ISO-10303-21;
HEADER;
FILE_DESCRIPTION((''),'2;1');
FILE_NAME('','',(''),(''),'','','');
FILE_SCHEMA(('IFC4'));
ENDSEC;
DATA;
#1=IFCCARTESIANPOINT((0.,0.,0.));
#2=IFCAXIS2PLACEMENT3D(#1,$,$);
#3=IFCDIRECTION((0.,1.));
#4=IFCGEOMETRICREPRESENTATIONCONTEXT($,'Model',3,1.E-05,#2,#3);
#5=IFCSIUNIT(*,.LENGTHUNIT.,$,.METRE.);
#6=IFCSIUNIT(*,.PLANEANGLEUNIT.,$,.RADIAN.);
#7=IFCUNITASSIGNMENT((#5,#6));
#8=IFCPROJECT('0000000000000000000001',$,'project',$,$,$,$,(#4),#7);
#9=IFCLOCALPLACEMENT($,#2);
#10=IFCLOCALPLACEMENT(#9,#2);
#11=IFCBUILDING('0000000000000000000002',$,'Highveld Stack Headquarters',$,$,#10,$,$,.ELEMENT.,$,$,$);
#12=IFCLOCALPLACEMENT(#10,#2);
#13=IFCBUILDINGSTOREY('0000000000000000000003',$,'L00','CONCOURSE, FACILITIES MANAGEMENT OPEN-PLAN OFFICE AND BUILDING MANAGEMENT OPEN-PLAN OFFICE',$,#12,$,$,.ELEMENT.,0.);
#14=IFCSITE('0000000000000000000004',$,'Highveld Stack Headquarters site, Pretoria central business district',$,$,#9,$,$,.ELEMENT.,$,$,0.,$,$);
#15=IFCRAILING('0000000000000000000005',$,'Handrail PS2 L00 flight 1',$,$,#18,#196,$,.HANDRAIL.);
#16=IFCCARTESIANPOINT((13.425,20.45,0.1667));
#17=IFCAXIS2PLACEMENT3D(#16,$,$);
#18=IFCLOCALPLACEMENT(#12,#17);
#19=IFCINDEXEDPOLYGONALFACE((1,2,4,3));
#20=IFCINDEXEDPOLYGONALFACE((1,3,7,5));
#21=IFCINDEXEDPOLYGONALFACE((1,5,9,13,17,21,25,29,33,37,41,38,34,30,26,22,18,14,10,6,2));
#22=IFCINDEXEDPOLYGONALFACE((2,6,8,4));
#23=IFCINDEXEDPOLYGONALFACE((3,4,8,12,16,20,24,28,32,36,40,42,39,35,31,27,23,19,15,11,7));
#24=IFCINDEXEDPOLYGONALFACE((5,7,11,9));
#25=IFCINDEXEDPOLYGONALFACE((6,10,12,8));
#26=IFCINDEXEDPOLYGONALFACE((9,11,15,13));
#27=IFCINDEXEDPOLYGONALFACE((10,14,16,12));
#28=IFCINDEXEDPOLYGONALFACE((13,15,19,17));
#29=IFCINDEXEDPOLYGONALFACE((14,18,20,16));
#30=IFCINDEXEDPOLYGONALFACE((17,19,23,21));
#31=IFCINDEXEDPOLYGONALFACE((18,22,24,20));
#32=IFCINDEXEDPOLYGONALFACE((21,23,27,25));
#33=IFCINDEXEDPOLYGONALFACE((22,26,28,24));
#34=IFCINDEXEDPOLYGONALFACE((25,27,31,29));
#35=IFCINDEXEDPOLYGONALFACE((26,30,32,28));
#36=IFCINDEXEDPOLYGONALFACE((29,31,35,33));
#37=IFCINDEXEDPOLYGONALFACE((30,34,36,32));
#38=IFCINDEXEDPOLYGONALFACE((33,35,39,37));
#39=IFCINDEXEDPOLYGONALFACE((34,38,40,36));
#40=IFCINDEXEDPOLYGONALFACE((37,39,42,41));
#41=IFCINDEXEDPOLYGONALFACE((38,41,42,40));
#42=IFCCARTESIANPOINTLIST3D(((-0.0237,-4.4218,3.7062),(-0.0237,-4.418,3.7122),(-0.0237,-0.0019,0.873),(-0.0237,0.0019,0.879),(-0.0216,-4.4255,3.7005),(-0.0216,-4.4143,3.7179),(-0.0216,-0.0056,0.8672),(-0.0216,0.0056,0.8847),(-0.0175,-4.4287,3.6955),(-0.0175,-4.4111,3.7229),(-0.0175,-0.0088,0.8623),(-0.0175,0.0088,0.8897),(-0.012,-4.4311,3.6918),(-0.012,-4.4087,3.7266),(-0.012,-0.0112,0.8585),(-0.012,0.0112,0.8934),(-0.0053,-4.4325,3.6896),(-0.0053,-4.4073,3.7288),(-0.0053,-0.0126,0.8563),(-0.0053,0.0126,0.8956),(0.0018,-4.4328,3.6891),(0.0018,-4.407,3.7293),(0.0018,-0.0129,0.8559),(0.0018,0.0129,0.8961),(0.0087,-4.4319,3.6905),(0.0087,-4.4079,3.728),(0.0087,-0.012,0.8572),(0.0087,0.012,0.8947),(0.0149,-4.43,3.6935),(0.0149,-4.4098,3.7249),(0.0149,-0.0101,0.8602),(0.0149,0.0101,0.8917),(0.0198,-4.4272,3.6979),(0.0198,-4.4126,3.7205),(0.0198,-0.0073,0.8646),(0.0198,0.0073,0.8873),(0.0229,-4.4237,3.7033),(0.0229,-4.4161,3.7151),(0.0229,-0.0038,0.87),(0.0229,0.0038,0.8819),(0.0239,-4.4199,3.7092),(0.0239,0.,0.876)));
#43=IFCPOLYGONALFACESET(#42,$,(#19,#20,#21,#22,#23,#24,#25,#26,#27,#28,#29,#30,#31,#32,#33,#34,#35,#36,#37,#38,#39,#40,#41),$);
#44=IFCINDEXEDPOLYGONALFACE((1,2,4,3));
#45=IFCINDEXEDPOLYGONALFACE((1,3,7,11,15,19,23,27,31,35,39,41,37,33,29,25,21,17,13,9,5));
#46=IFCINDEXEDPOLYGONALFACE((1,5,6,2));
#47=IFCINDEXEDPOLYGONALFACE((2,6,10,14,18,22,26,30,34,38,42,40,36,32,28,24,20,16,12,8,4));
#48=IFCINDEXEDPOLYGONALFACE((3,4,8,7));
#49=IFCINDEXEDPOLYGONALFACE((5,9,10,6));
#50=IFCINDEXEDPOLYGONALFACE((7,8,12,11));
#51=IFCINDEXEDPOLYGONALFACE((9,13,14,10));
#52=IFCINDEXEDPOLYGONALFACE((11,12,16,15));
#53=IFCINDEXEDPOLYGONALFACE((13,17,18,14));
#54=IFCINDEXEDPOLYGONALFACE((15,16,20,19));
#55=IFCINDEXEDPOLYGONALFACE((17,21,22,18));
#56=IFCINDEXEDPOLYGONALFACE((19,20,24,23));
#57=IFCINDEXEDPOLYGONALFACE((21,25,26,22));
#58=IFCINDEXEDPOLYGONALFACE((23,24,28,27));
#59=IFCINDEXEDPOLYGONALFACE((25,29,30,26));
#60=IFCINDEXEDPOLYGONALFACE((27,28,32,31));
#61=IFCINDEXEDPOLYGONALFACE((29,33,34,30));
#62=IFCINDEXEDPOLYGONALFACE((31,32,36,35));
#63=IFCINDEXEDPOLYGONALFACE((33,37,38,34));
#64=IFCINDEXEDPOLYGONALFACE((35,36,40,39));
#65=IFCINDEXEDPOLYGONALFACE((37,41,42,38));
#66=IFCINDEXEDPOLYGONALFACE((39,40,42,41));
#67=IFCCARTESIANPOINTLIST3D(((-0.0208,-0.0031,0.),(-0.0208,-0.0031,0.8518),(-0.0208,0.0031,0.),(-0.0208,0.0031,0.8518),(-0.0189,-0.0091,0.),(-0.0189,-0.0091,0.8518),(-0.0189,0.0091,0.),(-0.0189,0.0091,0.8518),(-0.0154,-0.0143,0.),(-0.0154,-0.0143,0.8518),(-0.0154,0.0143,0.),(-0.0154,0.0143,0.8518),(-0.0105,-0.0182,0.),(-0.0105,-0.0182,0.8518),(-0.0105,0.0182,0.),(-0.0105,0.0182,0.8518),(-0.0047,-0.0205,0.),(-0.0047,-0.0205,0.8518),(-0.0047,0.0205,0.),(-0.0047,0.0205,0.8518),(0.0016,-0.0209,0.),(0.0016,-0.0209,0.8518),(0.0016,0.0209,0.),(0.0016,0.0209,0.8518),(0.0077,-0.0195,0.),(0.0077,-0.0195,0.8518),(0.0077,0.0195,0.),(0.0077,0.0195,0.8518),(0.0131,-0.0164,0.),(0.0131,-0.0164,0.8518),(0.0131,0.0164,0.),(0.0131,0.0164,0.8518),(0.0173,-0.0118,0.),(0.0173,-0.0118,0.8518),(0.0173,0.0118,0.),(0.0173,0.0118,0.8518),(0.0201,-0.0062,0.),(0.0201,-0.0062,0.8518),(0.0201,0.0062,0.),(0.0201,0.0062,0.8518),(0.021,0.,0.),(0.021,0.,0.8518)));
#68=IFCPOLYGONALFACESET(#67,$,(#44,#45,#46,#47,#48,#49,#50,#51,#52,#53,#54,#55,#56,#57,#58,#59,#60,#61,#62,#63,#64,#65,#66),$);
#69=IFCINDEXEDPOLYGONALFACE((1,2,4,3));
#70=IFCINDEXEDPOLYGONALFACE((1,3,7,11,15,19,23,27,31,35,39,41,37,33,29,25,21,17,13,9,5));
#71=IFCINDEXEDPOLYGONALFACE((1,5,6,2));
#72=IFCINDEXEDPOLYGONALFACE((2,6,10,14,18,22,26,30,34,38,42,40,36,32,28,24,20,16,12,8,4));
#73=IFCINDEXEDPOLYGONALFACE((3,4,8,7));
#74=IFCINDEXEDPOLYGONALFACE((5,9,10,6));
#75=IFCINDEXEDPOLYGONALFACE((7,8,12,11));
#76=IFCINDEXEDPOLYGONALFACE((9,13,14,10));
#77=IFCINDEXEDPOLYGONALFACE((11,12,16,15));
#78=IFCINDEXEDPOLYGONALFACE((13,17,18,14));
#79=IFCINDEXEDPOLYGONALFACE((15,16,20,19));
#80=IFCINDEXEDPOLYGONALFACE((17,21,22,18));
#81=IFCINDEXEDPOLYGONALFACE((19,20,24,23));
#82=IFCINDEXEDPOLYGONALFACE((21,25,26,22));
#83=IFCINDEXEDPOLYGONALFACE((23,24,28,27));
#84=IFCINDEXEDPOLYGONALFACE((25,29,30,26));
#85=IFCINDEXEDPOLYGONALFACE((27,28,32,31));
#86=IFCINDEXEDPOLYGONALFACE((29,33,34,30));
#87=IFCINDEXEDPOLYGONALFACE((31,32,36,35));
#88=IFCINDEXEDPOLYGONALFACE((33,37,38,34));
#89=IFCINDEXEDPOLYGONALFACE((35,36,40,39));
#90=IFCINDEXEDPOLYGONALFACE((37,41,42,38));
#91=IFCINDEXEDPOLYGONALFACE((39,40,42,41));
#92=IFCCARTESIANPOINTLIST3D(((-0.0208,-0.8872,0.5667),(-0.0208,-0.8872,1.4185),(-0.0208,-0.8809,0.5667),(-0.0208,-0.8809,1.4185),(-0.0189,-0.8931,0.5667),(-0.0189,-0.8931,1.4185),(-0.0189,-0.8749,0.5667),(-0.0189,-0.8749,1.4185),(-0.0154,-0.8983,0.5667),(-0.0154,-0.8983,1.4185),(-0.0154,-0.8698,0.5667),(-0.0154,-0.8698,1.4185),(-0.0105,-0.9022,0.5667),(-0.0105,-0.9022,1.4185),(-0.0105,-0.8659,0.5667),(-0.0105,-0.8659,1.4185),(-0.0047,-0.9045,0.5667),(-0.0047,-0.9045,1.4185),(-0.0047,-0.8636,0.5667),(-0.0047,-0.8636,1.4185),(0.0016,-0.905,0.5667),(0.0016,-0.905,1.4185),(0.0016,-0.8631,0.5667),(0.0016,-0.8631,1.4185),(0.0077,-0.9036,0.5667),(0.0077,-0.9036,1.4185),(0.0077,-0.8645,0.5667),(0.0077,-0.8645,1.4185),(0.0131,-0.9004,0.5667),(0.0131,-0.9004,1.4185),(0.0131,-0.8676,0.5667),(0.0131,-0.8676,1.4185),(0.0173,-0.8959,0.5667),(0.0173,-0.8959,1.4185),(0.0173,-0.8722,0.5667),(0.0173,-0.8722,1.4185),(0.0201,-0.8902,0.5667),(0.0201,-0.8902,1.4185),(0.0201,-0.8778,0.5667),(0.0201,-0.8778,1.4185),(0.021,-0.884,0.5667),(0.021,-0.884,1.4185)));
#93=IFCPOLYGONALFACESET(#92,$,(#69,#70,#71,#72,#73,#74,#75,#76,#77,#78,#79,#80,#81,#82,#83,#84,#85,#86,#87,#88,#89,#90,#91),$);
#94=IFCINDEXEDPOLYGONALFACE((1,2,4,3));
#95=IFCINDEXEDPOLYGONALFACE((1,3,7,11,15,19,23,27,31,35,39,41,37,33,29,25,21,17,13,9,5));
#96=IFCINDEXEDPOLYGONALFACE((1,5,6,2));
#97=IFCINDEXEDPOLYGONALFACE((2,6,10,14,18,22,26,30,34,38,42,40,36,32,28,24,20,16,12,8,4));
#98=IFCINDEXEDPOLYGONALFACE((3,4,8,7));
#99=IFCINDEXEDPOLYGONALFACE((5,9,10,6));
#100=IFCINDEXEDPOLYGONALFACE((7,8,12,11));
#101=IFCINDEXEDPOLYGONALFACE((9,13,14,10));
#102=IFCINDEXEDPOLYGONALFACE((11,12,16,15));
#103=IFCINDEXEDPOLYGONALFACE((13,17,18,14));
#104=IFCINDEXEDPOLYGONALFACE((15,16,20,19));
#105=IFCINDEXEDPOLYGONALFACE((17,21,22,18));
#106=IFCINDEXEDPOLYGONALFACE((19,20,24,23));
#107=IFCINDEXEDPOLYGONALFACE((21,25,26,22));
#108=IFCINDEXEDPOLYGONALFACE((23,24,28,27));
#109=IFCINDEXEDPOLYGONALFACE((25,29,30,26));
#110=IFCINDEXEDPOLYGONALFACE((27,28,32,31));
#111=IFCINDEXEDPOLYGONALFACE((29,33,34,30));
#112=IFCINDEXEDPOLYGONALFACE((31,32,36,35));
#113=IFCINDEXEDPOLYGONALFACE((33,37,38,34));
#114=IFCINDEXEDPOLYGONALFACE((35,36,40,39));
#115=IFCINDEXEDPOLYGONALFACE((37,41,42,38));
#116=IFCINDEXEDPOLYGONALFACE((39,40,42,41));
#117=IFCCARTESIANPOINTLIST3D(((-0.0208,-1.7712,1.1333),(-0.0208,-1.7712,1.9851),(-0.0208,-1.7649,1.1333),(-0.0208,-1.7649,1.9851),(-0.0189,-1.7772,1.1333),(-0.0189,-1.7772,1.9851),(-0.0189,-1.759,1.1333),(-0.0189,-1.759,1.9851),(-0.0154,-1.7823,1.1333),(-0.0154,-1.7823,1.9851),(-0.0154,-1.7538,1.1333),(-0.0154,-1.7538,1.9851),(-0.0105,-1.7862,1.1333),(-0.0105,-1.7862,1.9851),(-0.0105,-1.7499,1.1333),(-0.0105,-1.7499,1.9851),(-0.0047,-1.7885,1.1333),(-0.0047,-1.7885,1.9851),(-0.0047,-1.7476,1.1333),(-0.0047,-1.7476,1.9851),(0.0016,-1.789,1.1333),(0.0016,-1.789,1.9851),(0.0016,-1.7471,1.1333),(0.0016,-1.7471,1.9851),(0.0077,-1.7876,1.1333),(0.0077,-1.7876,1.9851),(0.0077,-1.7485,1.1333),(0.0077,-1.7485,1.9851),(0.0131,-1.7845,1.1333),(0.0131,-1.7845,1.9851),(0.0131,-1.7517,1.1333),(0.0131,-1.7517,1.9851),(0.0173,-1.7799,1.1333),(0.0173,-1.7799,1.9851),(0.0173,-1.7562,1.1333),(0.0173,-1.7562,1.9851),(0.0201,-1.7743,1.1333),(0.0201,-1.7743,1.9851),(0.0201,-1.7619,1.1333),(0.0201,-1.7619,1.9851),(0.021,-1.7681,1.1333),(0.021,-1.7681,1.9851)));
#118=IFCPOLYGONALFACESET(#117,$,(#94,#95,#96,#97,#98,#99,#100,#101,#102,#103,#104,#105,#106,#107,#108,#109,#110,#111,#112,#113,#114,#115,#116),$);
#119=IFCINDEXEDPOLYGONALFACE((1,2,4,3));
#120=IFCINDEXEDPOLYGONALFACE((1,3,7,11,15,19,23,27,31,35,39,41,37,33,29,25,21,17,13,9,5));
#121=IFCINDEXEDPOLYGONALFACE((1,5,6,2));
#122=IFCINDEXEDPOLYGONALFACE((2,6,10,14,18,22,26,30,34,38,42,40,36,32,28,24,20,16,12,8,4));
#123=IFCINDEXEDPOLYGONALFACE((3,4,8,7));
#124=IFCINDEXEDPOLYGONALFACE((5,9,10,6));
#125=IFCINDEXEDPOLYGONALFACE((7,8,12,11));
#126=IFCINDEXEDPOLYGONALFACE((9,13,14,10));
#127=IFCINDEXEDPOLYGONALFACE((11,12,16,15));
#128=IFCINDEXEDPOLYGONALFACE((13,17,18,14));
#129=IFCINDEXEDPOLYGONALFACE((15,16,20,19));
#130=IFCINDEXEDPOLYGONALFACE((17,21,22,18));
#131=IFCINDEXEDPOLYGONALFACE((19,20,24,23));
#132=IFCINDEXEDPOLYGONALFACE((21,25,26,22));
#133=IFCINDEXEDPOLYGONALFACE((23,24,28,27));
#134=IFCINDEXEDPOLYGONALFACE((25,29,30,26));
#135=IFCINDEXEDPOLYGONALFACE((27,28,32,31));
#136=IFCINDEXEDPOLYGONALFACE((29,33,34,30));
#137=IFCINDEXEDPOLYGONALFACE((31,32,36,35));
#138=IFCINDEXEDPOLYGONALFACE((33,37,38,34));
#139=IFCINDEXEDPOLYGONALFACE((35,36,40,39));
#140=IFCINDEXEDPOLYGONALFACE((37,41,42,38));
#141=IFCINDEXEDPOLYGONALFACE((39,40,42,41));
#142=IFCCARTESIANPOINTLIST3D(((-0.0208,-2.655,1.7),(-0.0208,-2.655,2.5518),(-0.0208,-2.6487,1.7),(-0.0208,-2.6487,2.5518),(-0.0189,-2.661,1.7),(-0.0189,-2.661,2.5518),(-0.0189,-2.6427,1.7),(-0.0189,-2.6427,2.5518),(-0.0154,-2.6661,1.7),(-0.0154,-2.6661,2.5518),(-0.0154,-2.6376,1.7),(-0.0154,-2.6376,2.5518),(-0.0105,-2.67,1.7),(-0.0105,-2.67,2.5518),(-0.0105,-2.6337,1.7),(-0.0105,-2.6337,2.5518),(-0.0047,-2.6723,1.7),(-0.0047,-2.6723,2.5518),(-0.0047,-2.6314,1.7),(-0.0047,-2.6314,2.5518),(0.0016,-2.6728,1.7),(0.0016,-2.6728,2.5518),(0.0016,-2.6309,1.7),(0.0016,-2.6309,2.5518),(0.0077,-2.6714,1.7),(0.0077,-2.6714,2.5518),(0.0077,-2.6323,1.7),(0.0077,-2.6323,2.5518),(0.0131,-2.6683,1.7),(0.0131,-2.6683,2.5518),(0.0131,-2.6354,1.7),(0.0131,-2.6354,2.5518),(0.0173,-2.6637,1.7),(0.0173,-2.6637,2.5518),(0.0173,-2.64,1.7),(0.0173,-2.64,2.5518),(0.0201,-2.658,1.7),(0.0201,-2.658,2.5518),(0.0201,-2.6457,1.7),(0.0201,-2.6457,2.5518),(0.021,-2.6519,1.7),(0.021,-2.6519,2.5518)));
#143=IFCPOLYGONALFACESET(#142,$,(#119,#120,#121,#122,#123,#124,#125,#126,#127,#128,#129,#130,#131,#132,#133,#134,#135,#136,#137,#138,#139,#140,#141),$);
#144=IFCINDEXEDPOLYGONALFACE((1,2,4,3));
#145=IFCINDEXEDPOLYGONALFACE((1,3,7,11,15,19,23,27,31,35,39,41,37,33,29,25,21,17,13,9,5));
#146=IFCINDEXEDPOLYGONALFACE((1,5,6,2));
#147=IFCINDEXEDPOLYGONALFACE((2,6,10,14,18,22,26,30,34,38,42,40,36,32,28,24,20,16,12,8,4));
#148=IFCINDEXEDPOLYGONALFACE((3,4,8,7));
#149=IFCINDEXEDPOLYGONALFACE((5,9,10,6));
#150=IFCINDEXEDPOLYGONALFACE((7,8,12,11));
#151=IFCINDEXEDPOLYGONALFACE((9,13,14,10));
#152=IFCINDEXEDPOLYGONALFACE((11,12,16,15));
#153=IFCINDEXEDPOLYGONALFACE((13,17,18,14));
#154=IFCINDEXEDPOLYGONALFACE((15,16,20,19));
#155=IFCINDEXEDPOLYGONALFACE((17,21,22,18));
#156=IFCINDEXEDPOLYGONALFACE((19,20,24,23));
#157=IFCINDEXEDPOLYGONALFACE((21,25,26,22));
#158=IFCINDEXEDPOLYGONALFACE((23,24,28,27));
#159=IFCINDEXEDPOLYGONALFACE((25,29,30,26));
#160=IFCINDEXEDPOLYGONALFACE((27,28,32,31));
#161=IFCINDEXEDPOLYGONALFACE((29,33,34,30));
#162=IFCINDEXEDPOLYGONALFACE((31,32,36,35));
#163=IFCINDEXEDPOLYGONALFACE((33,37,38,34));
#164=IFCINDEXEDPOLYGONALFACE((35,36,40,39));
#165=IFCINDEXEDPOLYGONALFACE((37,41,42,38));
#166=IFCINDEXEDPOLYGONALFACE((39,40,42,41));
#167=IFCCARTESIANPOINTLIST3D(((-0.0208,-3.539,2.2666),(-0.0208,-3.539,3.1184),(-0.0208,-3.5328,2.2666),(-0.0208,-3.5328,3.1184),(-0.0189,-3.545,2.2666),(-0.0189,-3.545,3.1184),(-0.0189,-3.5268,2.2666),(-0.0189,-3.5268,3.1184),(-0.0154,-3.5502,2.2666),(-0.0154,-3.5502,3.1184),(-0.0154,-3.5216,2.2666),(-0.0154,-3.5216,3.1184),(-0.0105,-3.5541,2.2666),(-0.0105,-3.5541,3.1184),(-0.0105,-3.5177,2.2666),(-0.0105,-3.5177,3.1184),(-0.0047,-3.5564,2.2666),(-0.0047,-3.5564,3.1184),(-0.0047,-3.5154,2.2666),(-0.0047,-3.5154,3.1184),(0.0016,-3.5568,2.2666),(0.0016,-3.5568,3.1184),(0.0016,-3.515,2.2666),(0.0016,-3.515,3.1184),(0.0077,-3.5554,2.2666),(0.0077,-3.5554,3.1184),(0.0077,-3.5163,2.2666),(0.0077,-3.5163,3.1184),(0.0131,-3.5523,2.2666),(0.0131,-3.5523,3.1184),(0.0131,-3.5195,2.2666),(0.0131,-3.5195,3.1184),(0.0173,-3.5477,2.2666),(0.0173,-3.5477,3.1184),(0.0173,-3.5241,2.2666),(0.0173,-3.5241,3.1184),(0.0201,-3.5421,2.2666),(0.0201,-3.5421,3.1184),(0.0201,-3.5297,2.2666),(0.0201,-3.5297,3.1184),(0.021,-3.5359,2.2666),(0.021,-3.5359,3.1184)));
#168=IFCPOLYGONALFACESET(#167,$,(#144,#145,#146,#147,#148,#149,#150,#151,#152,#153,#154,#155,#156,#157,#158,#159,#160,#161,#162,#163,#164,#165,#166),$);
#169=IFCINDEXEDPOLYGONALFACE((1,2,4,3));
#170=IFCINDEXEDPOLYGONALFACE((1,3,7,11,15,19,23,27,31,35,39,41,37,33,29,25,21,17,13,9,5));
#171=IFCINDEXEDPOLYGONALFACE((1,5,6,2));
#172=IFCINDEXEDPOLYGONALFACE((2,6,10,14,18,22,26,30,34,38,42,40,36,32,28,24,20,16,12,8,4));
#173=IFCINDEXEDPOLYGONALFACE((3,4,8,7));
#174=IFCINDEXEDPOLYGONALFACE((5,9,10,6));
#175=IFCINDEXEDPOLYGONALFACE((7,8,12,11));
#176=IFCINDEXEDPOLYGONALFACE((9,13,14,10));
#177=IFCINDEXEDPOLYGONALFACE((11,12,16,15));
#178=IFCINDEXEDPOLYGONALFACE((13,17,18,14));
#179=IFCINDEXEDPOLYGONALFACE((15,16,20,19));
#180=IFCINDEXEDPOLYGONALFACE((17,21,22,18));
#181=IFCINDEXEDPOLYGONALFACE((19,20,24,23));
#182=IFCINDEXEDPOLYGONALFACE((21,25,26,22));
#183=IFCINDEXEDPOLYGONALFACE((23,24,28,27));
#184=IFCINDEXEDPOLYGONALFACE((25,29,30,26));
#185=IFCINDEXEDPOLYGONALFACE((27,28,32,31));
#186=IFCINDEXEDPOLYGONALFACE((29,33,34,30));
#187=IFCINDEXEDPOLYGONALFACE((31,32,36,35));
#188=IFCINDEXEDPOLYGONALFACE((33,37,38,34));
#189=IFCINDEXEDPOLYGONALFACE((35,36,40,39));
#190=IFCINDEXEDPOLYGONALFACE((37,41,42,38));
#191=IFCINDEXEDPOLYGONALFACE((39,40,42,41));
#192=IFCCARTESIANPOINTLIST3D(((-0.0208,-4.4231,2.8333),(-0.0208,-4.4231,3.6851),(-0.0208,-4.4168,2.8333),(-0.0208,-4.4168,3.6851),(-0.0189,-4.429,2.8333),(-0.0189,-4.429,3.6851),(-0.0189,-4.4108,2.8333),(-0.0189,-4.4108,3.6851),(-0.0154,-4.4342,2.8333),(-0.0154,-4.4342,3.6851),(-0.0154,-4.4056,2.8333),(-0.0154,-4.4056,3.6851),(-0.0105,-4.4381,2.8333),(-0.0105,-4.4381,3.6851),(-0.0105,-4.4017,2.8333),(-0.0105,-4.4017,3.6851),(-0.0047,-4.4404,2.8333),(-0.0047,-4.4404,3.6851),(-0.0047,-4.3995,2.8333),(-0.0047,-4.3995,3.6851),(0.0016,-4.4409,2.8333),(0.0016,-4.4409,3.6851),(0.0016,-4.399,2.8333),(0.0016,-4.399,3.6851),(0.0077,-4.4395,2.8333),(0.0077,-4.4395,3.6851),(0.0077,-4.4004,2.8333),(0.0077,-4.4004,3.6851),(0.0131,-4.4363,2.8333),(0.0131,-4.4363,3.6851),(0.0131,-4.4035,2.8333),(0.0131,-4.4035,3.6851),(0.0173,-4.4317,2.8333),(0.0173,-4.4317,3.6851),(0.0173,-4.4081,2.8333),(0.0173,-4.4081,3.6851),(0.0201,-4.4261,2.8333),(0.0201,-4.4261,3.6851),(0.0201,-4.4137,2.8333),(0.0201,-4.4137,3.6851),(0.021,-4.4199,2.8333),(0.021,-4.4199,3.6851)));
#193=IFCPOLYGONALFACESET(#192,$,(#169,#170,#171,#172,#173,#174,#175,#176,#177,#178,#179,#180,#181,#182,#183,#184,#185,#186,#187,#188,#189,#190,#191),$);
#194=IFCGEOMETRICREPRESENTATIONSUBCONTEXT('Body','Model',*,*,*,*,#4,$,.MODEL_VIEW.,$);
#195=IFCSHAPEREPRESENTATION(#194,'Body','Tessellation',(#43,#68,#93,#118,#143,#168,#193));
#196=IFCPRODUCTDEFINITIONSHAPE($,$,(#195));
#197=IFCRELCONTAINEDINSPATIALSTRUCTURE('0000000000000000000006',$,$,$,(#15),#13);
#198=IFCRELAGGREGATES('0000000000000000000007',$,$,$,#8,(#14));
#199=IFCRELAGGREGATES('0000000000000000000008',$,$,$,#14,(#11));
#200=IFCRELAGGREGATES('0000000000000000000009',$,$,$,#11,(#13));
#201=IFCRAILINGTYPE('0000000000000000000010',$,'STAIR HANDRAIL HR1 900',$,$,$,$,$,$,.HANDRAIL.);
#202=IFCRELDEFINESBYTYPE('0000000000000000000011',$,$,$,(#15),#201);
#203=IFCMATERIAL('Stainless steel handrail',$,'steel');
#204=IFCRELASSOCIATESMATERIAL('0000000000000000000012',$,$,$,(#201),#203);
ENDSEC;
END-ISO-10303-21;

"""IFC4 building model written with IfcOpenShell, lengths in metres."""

from ifc_helpers import new_model, si_unit, direction, frame, origin, origin_2d, place, context, subcontext, project, spatial, circle, extrude, material, type_object, element, save


model = new_model("IFC4")

# Units and contexts
model_context = context("Model", 3, precision=1e-05, world=origin(), true_north=direction((0.0, 1.0)))
body_context = subcontext(model_context, "Body", "Model", "MODEL_VIEW")
ifc_project = project(units=[si_unit("LENGTHUNIT", "METRE"), si_unit("PLANEANGLEUNIT", "RADIAN")], contexts=[model_context])

# Site, building, storey
site_placement = place(None, origin())
site = spatial("IfcSite", under=ifc_project, at=site_placement, Name="Highveld Stack Headquarters site, Pretoria central business district", CompositionType="ELEMENT", RefElevation=0.0)
building_placement = place(site_placement, origin())
building = spatial("IfcBuilding", under=site, at=building_placement, Name="Highveld Stack Headquarters", CompositionType="ELEMENT")
storey_placement = place(building_placement, origin())
storey = spatial("IfcBuildingStorey", under=building, at=storey_placement, Name="L00", Description="CONCOURSE, FACILITIES MANAGEMENT OPEN-PLAN OFFICE AND BUILDING MANAGEMENT OPEN-PLAN OFFICE", CompositionType="ELEMENT", Elevation=0.0)

# Railing
ifc_material_1 = material(Name="Stainless steel handrail", Category="steel")
railing_type = type_object("IfcRailingType", Name="STAIR HANDRAIL HR1 900", PredefinedType="HANDRAIL", material=ifc_material_1)
for number, where, name in (
    (1, (13.425, 20.45, 0.1667), "Handrail PS2 L00 flight 1"),
):
    element("IfcRailing", number, at=place(storey_placement, frame(where)), inside=storey, type_object=railing_type, Name=name, PredefinedType="HANDRAIL", context=body_context, shape_type="SweptSolid", body=[
        extrude(circle(Radius=0.0239, at=origin_2d()), frame((0.0, 0.0, 0.876), z_axis=(0.0, -0.841882, 0.539662), x_axis=(1.0, 0.0, 0.0)), (0.0, 0.0, 1.0), 5.25),
        extrude(circle(Radius=0.021, at=origin_2d()), origin(), (0.0, 0.0, 1.0), 0.8518),
        extrude(circle(Radius=0.021, at=origin_2d()), frame((0.0, -0.884, 0.5667)), (0.0, 0.0, 1.0), 0.8518),
        extrude(circle(Radius=0.021, at=origin_2d()), frame((0.0, -1.7681, 1.1333)), (0.0, 0.0, 1.0), 0.8518),
        extrude(circle(Radius=0.021, at=origin_2d()), frame((0.0, -2.6519, 1.7)), (0.0, 0.0, 1.0), 0.8518),
        extrude(circle(Radius=0.021, at=origin_2d()), frame((0.0, -3.5359, 2.2666)), (0.0, 0.0, 1.0), 0.8518),
        extrude(circle(Radius=0.021, at=origin_2d()), frame((0.0, -4.4199, 2.8333)), (0.0, 0.0, 1.0), 0.8518),
    ])

save(model, "model.ifc")
